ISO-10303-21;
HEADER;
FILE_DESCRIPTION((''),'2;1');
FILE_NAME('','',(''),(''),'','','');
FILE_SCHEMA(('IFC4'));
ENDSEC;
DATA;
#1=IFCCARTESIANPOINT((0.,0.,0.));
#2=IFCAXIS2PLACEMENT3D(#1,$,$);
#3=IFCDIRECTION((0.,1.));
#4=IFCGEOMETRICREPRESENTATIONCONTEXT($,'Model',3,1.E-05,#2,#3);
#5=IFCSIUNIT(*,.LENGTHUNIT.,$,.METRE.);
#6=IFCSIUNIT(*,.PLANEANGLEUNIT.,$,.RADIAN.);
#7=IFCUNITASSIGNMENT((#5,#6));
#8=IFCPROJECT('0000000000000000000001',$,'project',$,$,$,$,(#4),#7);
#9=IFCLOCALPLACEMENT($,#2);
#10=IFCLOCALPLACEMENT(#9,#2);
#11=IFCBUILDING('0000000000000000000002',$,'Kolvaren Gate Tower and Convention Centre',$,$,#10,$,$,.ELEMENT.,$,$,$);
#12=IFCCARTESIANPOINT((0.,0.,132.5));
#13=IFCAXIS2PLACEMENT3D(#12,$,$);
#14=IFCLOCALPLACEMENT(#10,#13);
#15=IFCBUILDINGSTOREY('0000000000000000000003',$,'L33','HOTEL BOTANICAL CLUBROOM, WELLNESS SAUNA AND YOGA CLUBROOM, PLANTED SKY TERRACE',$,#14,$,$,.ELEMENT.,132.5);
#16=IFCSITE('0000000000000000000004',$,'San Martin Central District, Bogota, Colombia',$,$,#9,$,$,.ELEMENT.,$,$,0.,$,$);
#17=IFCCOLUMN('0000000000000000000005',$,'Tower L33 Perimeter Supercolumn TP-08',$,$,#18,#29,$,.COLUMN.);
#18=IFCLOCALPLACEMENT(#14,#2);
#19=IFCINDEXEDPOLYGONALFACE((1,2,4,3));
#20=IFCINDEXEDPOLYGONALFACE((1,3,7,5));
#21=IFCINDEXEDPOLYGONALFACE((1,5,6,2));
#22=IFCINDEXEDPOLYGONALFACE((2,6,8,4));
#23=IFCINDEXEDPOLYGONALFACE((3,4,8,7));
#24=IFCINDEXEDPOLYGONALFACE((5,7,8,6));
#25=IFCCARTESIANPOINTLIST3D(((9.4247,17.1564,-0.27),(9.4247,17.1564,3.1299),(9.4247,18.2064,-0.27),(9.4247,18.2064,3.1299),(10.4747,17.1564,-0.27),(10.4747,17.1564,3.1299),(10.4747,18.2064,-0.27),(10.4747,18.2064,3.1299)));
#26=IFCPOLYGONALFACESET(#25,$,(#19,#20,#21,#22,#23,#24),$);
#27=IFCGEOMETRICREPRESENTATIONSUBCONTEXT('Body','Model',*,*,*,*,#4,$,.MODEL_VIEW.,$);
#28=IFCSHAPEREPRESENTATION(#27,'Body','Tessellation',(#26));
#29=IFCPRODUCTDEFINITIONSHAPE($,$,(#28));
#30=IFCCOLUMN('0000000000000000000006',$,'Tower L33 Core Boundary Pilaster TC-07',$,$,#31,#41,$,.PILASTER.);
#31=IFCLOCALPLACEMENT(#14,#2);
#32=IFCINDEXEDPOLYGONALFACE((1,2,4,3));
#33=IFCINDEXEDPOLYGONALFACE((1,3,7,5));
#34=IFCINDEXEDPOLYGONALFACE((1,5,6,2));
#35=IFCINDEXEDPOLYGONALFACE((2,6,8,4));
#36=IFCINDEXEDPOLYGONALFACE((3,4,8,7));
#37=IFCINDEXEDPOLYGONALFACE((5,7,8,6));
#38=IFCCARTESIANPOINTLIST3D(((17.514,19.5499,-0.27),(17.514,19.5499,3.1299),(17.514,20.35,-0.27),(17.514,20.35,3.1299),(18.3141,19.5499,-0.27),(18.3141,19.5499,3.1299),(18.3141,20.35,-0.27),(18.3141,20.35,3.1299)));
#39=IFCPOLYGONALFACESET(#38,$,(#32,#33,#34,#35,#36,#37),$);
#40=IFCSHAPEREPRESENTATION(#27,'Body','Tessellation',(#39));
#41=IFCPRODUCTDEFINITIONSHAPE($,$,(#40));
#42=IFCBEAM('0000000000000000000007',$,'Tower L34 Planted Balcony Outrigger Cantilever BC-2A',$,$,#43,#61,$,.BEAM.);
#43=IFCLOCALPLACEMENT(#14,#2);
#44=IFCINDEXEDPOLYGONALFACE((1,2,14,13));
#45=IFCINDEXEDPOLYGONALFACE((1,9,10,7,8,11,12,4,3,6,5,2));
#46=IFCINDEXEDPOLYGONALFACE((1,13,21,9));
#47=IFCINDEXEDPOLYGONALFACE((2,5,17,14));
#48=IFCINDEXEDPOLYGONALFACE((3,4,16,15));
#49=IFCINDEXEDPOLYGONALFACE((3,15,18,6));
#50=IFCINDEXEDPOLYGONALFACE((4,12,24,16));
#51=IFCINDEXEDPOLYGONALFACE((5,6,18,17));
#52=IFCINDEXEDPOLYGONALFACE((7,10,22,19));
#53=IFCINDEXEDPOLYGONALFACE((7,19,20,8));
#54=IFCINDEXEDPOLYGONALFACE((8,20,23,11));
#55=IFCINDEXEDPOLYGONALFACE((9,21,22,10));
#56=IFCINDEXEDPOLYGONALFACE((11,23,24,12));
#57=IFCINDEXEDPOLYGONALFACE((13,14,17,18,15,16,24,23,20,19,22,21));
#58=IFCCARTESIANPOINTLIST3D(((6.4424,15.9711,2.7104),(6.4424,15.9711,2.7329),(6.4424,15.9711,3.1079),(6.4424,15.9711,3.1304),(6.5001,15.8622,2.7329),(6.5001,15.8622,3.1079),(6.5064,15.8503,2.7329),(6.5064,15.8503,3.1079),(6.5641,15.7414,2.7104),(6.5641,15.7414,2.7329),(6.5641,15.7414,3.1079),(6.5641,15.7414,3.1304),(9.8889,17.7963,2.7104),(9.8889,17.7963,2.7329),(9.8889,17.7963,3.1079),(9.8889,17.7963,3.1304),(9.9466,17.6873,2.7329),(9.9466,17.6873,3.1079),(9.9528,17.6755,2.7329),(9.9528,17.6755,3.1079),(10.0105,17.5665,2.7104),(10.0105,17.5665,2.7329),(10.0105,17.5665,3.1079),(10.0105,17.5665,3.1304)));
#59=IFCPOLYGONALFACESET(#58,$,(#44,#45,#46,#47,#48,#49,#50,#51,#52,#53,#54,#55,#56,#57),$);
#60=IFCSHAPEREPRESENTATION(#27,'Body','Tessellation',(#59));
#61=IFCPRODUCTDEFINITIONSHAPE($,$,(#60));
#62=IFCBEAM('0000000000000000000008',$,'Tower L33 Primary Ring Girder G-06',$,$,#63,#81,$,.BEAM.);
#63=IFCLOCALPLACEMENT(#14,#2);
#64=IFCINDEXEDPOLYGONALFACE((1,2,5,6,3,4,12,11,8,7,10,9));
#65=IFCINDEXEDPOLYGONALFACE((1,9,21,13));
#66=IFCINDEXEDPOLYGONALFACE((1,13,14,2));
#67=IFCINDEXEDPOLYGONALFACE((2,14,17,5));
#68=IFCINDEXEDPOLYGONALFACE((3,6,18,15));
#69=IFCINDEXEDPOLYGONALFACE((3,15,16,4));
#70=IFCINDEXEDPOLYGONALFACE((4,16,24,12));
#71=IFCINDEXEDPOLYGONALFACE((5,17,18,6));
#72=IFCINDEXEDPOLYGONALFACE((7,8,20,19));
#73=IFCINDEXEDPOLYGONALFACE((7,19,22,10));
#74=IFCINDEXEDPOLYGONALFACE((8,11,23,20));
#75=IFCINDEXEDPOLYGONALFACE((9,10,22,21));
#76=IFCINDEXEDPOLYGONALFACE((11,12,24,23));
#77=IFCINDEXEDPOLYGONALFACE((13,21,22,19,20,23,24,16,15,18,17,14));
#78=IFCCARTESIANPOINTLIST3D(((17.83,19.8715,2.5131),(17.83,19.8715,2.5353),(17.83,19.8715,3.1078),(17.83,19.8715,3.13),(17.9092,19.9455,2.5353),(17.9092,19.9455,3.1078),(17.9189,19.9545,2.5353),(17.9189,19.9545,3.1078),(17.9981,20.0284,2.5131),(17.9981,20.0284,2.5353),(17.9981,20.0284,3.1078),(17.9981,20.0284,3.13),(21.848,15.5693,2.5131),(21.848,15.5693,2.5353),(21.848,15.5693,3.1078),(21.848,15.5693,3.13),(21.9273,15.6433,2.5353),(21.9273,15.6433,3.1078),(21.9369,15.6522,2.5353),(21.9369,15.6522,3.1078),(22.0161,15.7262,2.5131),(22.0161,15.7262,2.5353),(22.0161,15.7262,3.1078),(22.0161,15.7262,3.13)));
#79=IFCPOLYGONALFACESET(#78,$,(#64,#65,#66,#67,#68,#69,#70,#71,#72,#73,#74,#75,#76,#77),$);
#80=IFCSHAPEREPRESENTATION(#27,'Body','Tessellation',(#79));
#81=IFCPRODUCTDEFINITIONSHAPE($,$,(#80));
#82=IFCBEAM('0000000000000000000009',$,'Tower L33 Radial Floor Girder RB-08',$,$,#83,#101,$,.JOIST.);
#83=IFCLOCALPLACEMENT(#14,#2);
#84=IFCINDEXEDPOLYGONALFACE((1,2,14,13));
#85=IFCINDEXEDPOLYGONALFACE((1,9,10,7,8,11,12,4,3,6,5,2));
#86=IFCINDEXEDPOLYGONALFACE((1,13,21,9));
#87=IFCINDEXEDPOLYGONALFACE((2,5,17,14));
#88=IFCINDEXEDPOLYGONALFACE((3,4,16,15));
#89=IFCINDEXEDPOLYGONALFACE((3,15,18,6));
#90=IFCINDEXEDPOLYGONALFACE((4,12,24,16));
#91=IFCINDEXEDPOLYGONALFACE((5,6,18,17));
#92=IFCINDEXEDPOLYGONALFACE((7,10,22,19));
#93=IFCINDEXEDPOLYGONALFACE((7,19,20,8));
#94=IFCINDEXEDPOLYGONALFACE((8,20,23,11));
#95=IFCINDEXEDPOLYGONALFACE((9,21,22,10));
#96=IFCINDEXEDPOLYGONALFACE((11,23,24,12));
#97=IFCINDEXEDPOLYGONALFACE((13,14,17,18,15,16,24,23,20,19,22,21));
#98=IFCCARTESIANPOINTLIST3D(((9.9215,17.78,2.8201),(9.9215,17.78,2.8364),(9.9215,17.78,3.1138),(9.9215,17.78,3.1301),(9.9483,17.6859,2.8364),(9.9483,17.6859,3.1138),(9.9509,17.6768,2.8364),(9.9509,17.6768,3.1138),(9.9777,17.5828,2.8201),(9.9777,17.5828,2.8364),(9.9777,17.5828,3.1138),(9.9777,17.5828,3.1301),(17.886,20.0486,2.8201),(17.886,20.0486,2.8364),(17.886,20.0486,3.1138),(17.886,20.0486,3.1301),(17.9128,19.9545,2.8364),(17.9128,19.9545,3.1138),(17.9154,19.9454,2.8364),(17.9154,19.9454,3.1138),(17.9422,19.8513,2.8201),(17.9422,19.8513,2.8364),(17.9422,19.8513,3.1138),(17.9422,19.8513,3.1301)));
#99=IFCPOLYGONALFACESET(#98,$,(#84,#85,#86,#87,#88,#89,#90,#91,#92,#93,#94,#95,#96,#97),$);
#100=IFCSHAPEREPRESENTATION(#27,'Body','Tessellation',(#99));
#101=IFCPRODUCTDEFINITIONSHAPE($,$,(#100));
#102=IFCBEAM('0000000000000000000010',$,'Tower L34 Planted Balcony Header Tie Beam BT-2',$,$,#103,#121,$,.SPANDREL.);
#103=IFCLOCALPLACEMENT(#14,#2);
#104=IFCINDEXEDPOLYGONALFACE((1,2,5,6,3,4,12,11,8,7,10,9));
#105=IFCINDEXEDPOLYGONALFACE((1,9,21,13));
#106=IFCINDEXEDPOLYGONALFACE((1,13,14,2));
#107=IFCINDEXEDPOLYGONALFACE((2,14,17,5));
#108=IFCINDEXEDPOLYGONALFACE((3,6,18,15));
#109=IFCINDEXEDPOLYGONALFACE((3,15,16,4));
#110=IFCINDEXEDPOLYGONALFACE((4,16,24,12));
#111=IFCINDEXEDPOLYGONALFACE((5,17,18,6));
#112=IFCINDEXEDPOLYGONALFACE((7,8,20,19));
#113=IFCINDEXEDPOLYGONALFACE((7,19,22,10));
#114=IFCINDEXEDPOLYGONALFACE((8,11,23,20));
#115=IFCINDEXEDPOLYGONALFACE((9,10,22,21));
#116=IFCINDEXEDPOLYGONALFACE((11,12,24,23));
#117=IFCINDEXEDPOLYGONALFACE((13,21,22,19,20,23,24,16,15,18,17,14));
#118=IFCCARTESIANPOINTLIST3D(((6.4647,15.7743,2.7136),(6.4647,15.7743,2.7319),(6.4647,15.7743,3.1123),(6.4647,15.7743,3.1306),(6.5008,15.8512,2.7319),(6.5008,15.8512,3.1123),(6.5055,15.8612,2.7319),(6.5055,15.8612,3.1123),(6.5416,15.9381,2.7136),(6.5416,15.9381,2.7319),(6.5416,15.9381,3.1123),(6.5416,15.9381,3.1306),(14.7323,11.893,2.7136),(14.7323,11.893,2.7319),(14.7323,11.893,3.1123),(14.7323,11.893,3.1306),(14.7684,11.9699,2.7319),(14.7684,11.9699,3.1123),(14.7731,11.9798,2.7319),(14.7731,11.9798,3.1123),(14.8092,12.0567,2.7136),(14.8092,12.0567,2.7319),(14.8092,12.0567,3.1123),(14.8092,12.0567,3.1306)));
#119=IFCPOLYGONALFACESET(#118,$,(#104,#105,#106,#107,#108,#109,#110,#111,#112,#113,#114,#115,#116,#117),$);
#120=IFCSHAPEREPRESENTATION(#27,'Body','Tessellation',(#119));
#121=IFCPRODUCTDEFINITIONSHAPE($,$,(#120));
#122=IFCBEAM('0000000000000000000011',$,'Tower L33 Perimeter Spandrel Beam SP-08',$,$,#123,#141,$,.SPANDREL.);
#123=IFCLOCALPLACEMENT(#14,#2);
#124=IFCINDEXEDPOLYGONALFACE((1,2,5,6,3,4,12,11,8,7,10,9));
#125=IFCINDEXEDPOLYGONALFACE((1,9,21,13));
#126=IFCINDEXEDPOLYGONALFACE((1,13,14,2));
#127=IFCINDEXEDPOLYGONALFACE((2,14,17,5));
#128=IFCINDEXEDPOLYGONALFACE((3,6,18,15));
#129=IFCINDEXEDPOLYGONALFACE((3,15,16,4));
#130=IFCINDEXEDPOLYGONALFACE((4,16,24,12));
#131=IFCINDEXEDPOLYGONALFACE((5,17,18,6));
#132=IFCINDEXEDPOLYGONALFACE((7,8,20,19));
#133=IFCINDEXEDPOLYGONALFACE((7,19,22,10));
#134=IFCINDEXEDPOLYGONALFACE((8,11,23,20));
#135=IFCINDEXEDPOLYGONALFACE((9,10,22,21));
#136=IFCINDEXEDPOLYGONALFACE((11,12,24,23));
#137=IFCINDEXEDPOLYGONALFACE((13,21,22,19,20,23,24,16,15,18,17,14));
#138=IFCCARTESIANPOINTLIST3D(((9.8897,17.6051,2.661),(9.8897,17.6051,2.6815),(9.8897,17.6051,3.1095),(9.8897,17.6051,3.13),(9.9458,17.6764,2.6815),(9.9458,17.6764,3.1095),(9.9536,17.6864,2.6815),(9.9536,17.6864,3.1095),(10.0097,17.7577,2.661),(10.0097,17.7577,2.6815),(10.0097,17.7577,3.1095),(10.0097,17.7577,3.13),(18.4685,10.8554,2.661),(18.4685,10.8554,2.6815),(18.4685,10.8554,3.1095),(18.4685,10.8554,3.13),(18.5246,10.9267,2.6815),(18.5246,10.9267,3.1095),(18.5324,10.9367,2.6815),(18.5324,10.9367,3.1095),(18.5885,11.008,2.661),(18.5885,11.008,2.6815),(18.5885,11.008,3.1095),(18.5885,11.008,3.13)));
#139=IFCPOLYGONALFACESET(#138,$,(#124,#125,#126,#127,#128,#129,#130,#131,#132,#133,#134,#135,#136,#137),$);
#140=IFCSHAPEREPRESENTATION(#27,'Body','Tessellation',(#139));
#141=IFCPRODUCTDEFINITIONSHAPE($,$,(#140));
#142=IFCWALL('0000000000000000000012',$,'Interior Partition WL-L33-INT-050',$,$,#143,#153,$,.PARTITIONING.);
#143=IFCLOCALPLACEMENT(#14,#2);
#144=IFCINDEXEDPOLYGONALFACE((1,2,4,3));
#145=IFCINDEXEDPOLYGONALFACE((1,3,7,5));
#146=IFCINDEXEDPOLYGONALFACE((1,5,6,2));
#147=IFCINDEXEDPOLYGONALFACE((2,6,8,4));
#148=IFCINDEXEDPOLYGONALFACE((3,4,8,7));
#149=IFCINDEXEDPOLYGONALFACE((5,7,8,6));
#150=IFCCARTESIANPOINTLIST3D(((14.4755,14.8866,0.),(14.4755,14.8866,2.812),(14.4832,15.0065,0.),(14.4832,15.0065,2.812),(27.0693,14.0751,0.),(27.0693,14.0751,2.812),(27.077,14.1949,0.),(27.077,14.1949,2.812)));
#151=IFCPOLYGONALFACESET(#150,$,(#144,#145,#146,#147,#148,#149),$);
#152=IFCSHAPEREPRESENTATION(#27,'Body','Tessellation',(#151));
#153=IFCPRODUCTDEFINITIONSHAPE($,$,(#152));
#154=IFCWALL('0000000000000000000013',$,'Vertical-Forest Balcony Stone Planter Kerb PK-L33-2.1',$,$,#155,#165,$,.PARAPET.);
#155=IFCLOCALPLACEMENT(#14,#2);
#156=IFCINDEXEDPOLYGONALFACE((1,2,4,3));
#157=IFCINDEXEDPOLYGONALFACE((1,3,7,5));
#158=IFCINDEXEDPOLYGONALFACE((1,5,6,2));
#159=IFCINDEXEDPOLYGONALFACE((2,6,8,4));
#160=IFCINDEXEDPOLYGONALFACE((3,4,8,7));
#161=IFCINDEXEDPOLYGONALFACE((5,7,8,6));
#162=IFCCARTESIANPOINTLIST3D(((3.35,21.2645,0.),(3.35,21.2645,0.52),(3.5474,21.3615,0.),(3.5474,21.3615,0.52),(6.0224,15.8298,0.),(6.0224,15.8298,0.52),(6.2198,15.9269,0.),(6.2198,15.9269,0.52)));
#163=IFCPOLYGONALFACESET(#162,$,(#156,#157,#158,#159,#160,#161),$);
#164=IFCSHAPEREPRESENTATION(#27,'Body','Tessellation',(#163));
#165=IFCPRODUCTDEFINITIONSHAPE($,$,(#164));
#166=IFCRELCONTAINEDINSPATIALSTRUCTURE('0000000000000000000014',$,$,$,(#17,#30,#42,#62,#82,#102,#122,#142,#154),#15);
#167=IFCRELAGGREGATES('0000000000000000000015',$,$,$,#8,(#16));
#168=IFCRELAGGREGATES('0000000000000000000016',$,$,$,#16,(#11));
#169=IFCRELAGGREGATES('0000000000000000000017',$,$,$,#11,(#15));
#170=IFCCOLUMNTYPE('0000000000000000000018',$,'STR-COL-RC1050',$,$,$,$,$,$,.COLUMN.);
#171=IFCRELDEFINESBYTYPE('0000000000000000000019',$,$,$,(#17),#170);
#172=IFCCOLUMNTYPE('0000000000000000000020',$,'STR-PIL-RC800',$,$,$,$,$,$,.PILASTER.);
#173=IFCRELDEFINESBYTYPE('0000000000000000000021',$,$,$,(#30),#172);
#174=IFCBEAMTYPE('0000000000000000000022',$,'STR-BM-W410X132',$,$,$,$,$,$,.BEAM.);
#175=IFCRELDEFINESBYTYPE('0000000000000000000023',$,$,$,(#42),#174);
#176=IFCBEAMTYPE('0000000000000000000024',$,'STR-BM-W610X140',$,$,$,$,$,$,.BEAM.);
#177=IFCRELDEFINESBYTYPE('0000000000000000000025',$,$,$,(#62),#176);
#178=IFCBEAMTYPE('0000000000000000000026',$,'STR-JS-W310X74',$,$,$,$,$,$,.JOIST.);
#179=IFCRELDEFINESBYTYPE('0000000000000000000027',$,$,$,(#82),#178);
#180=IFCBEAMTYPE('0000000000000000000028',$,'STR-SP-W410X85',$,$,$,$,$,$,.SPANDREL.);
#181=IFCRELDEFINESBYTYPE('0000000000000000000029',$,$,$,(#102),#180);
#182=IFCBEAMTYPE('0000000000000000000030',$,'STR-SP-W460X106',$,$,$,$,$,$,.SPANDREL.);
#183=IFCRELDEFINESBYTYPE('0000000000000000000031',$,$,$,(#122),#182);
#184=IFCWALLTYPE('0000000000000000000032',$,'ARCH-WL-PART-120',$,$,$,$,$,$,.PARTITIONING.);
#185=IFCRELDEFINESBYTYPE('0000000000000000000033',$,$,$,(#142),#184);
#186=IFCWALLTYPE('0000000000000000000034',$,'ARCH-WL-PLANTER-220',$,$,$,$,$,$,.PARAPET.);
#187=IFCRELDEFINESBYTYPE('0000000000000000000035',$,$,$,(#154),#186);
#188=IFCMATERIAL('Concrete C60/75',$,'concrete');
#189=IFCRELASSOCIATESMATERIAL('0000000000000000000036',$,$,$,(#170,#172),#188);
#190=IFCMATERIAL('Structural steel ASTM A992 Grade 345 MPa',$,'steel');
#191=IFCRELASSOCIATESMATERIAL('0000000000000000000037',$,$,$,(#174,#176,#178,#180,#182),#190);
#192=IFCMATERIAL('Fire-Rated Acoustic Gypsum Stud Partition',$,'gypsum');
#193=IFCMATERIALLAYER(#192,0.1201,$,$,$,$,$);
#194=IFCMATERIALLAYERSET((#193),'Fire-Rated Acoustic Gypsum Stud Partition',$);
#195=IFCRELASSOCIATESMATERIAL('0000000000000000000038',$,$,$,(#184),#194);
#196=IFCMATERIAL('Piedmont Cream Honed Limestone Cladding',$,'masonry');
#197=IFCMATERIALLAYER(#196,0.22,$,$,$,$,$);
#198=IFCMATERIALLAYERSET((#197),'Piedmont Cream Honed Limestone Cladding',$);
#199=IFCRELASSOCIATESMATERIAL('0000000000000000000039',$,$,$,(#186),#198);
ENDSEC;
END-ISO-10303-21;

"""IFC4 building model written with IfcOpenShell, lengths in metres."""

from ifc_helpers import new_model, si_unit, direction, frame, frame_2d, origin, origin_2d, place, context, subcontext, project, spatial, rectangle, i_section, extrude, material, layer, layer_set, material_profile, profile_set, type_object, element, save


model = new_model("IFC4")

# Units and contexts
model_context = context("Model", 3, precision=1e-05, world=origin(), true_north=direction((0.0, 1.0)))
body_context = subcontext(model_context, "Body", "Model", "MODEL_VIEW")
ifc_project = project(units=[si_unit("LENGTHUNIT", "METRE"), si_unit("PLANEANGLEUNIT", "RADIAN")], contexts=[model_context])

# Site, building, storey
site_placement = place(None, origin())
site = spatial("IfcSite", under=ifc_project, at=site_placement, Name="San Martin Central District, Bogota, Colombia", CompositionType="ELEMENT", RefElevation=0.0)
building_placement = place(site_placement, origin())
building = spatial("IfcBuilding", under=site, at=building_placement, Name="Kolvaren Gate Tower and Convention Centre", CompositionType="ELEMENT")
storey_placement = place(building_placement, frame((0.0, 0.0, 132.5)))
storey = spatial("IfcBuildingStorey", under=building, at=storey_placement, Name="L33", Description="HOTEL BOTANICAL CLUBROOM, WELLNESS SAUNA AND YOGA CLUBROOM, PLANTED SKY TERRACE", CompositionType="ELEMENT", Elevation=132.5)

# Columns
ifc_material_1 = material(Name="Concrete C60/75", Category="concrete")
ifc_material_profile_1 = material_profile(ifc_material_1, rectangle(XDim=1.05, YDim=1.05, at=origin_2d()), Name="RC-COL-1050X1050")
ifc_profile_set_1 = profile_set([ifc_material_profile_1], Name="Concrete C60/75")
column_type_1 = type_object("IfcColumnType", Name="STR-COL-RC1050", PredefinedType="COLUMN", material=ifc_profile_set_1)
column_1_placement = place(storey_placement, frame((9.9497, 17.6814, -0.27), z_axis=(0.0, 0.0, 1.0), x_axis=(1.0, 0.0, 0.0)))
element("IfcColumn", 1, at=column_1_placement, inside=storey, type_object=column_type_1, Name="Tower L33 Perimeter Supercolumn TP-08", PredefinedType="COLUMN", context=body_context, shape_type="SweptSolid", body=[
    extrude(rectangle(XDim=1.05, YDim=1.05, at=origin_2d()), origin(), (0.0, 0.0, 1.0), 3.3999),
])
ifc_material_profile_2 = material_profile(ifc_material_1, rectangle(XDim=0.8, YDim=0.8, at=origin_2d()), Name="RC-COL-800X800")
ifc_profile_set_2 = profile_set([ifc_material_profile_2], Name="Concrete C60/75")
column_type_2 = type_object("IfcColumnType", Name="STR-PIL-RC800", PredefinedType="PILASTER", material=ifc_profile_set_2)
column_2_placement = place(storey_placement, frame((17.9141, 19.95, -0.27), z_axis=(0.0, 0.0, 1.0), x_axis=(1.0, 0.0, 0.0)))
element("IfcColumn", 2, at=column_2_placement, inside=storey, type_object=column_type_2, Name="Tower L33 Core Boundary Pilaster TC-07", PredefinedType="PILASTER", context=body_context, shape_type="SweptSolid", body=[
    extrude(rectangle(XDim=0.8, YDim=0.8, at=origin_2d()), origin(), (0.0, 0.0, 1.0), 3.3999),
])

# Beams
ifc_material_2 = material(Name="Structural steel ASTM A992 Grade 345 MPa", Category="steel")
ifc_material_profile_3 = material_profile(ifc_material_2, i_section(OverallWidth=0.26, OverallDepth=0.4199, WebThickness=0.0134, FlangeThickness=0.0225, at=origin_2d()), Name="W410X132")
ifc_profile_set_3 = profile_set([ifc_material_profile_3], Name="Structural steel ASTM A992 Grade 345 MPa")
beam_type_1 = type_object("IfcBeamType", Name="STR-BM-W410X132", PredefinedType="BEAM", material=ifc_profile_set_3)
beam_1_placement = place(storey_placement, frame((9.9497, 17.6814, 2.9204), z_axis=(-0.883729, -0.468, 0.0), x_axis=(0.468, -0.883729, 0.0)))
element("IfcBeam", 3, at=beam_1_placement, inside=storey, type_object=beam_type_1, Name="Tower L34 Planted Balcony Outrigger Cantilever BC-2A", PredefinedType="BEAM", context=body_context, shape_type="SweptSolid", body=[
    extrude(i_section(OverallWidth=0.26, OverallDepth=0.4199, WebThickness=0.0134, FlangeThickness=0.0225, at=origin_2d()), origin(), (0.0, 0.0, 1.0), 3.8999),
])
ifc_material_profile_4 = material_profile(ifc_material_2, i_section(OverallWidth=0.23, OverallDepth=0.6169, WebThickness=0.0132, FlangeThickness=0.0222, at=origin_2d()), Name="W610X140")
ifc_profile_set_4 = profile_set([ifc_material_profile_4], Name="Structural steel ASTM A992 Grade 345 MPa")
beam_type_2 = type_object("IfcBeamType", Name="STR-BM-W610X140", PredefinedType="BEAM", material=ifc_profile_set_4)
beam_2_placement = place(storey_placement, frame((17.9141, 19.95, 2.8215), z_axis=(0.682558, -0.730832, 0.0), x_axis=(0.730832, 0.682558, 0.0)))
element("IfcBeam", 4, at=beam_2_placement, inside=storey, type_object=beam_type_2, Name="Tower L33 Primary Ring Girder G-06", PredefinedType="BEAM", context=body_context, shape_type="SweptSolid", body=[
    extrude(i_section(OverallWidth=0.23, OverallDepth=0.6169, WebThickness=0.0132, FlangeThickness=0.0222, at=origin_2d()), origin(), (0.0, 0.0, 1.0), 5.8867),
])
ifc_material_profile_5 = material_profile(ifc_material_2, i_section(OverallWidth=0.2051, OverallDepth=0.3101, WebThickness=0.0095, FlangeThickness=0.0164, at=origin_2d()), Name="W310X74")
ifc_profile_set_5 = profile_set([ifc_material_profile_5], Name="Structural steel ASTM A992 Grade 345 MPa")
beam_type_3 = type_object("IfcBeamType", Name="STR-JS-W310X74", PredefinedType="JOIST", material=ifc_profile_set_5)
beam_3_placement = place(storey_placement, frame((17.9141, 19.95, 2.9751), z_axis=(-0.961746, -0.273942, 0.0), x_axis=(0.273942, -0.961746, 0.0)))
element("IfcBeam", 5, at=beam_3_placement, inside=storey, type_object=beam_type_3, Name="Tower L33 Radial Floor Girder RB-08", PredefinedType="JOIST", context=body_context, shape_type="SweptSolid", body=[
    extrude(i_section(OverallWidth=0.2051, OverallDepth=0.3101, WebThickness=0.0095, FlangeThickness=0.0164, at=origin_2d()), origin(), (0.0, 0.0, 1.0), 8.2812),
])
ifc_material_profile_6 = material_profile(ifc_material_2, i_section(OverallWidth=0.1809, OverallDepth=0.417, WebThickness=0.011, FlangeThickness=0.0183, at=origin_2d()), Name="W410X85")
ifc_profile_set_6 = profile_set([ifc_material_profile_6], Name="Structural steel ASTM A992 Grade 345 MPa")
beam_type_4 = type_object("IfcBeamType", Name="STR-SP-W410X85", PredefinedType="SPANDREL", material=ifc_profile_set_6)
beam_4_placement = place(storey_placement, frame((6.5032, 15.8562, 2.9221), z_axis=(0.90521, -0.424965, 0.0), x_axis=(0.424965, 0.90521, 0.0)))
element("IfcBeam", 6, at=beam_4_placement, inside=storey, type_object=beam_type_4, Name="Tower L34 Planted Balcony Header Tie Beam BT-2", PredefinedType="SPANDREL", context=body_context, shape_type="SweptSolid", body=[
    extrude(i_section(OverallWidth=0.1809, OverallDepth=0.417, WebThickness=0.011, FlangeThickness=0.0183, at=origin_2d()), origin(), (0.0, 0.0, 1.0), 9.1333),
])
ifc_material_profile_7 = material_profile(ifc_material_2, i_section(OverallWidth=0.1941, OverallDepth=0.469, WebThickness=0.0127, FlangeThickness=0.0205, at=origin_2d()), Name="W460X106")
ifc_profile_set_7 = profile_set([ifc_material_profile_7], Name="Structural steel ASTM A992 Grade 345 MPa")
beam_type_5 = type_object("IfcBeamType", Name="STR-SP-W460X106", PredefinedType="SPANDREL", material=ifc_profile_set_7)
beam_5_placement = place(storey_placement, frame((9.9497, 17.6814, 2.8955), z_axis=(0.785908, -0.618344, 0.0), x_axis=(0.618344, 0.785908, 0.0)))
element("IfcBeam", 7, at=beam_5_placement, inside=storey, type_object=beam_type_5, Name="Tower L33 Perimeter Spandrel Beam SP-08", PredefinedType="SPANDREL", context=body_context, shape_type="SweptSolid", body=[
    extrude(i_section(OverallWidth=0.1941, OverallDepth=0.469, WebThickness=0.0127, FlangeThickness=0.0205, at=origin_2d()), origin(), (0.0, 0.0, 1.0), 10.9158),
])

# Walls
ifc_material_3 = material(Name="Fire-Rated Acoustic Gypsum Stud Partition", Category="gypsum")
ifc_layer_1 = layer(ifc_material_3, 0.1201)
ifc_layer_set_1 = layer_set([ifc_layer_1], Name="Fire-Rated Acoustic Gypsum Stud Partition")
wall_type_1 = type_object("IfcWallType", Name="ARCH-WL-PART-120", PredefinedType="PARTITIONING", material=ifc_layer_set_1)
wall_1_placement = place(storey_placement, frame((14.4792, 14.9465, 0.0), z_axis=(0.0, 0.0, 1.0), x_axis=(0.99793, -0.064305, 0.0)))
element("IfcWall", 8, at=wall_1_placement, inside=storey, type_object=wall_type_1, Name="Interior Partition WL-L33-INT-050", PredefinedType="PARTITIONING", context=body_context, shape_type="SweptSolid", body=[
    extrude(rectangle(XDim=12.6199, YDim=0.1201, at=frame_2d((6.3101, 0.0))), origin(), (0.0, 0.0, 1.0), 2.812),
])
ifc_material_4 = material(Name="Piedmont Cream Honed Limestone Cladding", Category="masonry")
ifc_layer_2 = layer(ifc_material_4, 0.22)
ifc_layer_set_2 = layer_set([ifc_layer_2], Name="Piedmont Cream Honed Limestone Cladding")
wall_type_2 = type_object("IfcWallType", Name="ARCH-WL-PLANTER-220", PredefinedType="PARAPET", material=ifc_layer_set_2)
wall_2_placement = place(storey_placement, frame((3.4487, 21.313, 0.0), z_axis=(0.0, 0.0, 1.0), x_axis=(0.44127, -0.897375, 0.0)))
element("IfcWall", 9, at=wall_2_placement, inside=storey, type_object=wall_type_2, Name="Vertical-Forest Balcony Stone Planter Kerb PK-L33-2.1", PredefinedType="PARAPET", context=body_context, shape_type="SweptSolid", body=[
    extrude(rectangle(XDim=6.0562, YDim=0.22, at=frame_2d((3.0281, 0.0))), origin(), (0.0, 0.0, 1.0), 0.52),
])

save(model, "model.ifc")
